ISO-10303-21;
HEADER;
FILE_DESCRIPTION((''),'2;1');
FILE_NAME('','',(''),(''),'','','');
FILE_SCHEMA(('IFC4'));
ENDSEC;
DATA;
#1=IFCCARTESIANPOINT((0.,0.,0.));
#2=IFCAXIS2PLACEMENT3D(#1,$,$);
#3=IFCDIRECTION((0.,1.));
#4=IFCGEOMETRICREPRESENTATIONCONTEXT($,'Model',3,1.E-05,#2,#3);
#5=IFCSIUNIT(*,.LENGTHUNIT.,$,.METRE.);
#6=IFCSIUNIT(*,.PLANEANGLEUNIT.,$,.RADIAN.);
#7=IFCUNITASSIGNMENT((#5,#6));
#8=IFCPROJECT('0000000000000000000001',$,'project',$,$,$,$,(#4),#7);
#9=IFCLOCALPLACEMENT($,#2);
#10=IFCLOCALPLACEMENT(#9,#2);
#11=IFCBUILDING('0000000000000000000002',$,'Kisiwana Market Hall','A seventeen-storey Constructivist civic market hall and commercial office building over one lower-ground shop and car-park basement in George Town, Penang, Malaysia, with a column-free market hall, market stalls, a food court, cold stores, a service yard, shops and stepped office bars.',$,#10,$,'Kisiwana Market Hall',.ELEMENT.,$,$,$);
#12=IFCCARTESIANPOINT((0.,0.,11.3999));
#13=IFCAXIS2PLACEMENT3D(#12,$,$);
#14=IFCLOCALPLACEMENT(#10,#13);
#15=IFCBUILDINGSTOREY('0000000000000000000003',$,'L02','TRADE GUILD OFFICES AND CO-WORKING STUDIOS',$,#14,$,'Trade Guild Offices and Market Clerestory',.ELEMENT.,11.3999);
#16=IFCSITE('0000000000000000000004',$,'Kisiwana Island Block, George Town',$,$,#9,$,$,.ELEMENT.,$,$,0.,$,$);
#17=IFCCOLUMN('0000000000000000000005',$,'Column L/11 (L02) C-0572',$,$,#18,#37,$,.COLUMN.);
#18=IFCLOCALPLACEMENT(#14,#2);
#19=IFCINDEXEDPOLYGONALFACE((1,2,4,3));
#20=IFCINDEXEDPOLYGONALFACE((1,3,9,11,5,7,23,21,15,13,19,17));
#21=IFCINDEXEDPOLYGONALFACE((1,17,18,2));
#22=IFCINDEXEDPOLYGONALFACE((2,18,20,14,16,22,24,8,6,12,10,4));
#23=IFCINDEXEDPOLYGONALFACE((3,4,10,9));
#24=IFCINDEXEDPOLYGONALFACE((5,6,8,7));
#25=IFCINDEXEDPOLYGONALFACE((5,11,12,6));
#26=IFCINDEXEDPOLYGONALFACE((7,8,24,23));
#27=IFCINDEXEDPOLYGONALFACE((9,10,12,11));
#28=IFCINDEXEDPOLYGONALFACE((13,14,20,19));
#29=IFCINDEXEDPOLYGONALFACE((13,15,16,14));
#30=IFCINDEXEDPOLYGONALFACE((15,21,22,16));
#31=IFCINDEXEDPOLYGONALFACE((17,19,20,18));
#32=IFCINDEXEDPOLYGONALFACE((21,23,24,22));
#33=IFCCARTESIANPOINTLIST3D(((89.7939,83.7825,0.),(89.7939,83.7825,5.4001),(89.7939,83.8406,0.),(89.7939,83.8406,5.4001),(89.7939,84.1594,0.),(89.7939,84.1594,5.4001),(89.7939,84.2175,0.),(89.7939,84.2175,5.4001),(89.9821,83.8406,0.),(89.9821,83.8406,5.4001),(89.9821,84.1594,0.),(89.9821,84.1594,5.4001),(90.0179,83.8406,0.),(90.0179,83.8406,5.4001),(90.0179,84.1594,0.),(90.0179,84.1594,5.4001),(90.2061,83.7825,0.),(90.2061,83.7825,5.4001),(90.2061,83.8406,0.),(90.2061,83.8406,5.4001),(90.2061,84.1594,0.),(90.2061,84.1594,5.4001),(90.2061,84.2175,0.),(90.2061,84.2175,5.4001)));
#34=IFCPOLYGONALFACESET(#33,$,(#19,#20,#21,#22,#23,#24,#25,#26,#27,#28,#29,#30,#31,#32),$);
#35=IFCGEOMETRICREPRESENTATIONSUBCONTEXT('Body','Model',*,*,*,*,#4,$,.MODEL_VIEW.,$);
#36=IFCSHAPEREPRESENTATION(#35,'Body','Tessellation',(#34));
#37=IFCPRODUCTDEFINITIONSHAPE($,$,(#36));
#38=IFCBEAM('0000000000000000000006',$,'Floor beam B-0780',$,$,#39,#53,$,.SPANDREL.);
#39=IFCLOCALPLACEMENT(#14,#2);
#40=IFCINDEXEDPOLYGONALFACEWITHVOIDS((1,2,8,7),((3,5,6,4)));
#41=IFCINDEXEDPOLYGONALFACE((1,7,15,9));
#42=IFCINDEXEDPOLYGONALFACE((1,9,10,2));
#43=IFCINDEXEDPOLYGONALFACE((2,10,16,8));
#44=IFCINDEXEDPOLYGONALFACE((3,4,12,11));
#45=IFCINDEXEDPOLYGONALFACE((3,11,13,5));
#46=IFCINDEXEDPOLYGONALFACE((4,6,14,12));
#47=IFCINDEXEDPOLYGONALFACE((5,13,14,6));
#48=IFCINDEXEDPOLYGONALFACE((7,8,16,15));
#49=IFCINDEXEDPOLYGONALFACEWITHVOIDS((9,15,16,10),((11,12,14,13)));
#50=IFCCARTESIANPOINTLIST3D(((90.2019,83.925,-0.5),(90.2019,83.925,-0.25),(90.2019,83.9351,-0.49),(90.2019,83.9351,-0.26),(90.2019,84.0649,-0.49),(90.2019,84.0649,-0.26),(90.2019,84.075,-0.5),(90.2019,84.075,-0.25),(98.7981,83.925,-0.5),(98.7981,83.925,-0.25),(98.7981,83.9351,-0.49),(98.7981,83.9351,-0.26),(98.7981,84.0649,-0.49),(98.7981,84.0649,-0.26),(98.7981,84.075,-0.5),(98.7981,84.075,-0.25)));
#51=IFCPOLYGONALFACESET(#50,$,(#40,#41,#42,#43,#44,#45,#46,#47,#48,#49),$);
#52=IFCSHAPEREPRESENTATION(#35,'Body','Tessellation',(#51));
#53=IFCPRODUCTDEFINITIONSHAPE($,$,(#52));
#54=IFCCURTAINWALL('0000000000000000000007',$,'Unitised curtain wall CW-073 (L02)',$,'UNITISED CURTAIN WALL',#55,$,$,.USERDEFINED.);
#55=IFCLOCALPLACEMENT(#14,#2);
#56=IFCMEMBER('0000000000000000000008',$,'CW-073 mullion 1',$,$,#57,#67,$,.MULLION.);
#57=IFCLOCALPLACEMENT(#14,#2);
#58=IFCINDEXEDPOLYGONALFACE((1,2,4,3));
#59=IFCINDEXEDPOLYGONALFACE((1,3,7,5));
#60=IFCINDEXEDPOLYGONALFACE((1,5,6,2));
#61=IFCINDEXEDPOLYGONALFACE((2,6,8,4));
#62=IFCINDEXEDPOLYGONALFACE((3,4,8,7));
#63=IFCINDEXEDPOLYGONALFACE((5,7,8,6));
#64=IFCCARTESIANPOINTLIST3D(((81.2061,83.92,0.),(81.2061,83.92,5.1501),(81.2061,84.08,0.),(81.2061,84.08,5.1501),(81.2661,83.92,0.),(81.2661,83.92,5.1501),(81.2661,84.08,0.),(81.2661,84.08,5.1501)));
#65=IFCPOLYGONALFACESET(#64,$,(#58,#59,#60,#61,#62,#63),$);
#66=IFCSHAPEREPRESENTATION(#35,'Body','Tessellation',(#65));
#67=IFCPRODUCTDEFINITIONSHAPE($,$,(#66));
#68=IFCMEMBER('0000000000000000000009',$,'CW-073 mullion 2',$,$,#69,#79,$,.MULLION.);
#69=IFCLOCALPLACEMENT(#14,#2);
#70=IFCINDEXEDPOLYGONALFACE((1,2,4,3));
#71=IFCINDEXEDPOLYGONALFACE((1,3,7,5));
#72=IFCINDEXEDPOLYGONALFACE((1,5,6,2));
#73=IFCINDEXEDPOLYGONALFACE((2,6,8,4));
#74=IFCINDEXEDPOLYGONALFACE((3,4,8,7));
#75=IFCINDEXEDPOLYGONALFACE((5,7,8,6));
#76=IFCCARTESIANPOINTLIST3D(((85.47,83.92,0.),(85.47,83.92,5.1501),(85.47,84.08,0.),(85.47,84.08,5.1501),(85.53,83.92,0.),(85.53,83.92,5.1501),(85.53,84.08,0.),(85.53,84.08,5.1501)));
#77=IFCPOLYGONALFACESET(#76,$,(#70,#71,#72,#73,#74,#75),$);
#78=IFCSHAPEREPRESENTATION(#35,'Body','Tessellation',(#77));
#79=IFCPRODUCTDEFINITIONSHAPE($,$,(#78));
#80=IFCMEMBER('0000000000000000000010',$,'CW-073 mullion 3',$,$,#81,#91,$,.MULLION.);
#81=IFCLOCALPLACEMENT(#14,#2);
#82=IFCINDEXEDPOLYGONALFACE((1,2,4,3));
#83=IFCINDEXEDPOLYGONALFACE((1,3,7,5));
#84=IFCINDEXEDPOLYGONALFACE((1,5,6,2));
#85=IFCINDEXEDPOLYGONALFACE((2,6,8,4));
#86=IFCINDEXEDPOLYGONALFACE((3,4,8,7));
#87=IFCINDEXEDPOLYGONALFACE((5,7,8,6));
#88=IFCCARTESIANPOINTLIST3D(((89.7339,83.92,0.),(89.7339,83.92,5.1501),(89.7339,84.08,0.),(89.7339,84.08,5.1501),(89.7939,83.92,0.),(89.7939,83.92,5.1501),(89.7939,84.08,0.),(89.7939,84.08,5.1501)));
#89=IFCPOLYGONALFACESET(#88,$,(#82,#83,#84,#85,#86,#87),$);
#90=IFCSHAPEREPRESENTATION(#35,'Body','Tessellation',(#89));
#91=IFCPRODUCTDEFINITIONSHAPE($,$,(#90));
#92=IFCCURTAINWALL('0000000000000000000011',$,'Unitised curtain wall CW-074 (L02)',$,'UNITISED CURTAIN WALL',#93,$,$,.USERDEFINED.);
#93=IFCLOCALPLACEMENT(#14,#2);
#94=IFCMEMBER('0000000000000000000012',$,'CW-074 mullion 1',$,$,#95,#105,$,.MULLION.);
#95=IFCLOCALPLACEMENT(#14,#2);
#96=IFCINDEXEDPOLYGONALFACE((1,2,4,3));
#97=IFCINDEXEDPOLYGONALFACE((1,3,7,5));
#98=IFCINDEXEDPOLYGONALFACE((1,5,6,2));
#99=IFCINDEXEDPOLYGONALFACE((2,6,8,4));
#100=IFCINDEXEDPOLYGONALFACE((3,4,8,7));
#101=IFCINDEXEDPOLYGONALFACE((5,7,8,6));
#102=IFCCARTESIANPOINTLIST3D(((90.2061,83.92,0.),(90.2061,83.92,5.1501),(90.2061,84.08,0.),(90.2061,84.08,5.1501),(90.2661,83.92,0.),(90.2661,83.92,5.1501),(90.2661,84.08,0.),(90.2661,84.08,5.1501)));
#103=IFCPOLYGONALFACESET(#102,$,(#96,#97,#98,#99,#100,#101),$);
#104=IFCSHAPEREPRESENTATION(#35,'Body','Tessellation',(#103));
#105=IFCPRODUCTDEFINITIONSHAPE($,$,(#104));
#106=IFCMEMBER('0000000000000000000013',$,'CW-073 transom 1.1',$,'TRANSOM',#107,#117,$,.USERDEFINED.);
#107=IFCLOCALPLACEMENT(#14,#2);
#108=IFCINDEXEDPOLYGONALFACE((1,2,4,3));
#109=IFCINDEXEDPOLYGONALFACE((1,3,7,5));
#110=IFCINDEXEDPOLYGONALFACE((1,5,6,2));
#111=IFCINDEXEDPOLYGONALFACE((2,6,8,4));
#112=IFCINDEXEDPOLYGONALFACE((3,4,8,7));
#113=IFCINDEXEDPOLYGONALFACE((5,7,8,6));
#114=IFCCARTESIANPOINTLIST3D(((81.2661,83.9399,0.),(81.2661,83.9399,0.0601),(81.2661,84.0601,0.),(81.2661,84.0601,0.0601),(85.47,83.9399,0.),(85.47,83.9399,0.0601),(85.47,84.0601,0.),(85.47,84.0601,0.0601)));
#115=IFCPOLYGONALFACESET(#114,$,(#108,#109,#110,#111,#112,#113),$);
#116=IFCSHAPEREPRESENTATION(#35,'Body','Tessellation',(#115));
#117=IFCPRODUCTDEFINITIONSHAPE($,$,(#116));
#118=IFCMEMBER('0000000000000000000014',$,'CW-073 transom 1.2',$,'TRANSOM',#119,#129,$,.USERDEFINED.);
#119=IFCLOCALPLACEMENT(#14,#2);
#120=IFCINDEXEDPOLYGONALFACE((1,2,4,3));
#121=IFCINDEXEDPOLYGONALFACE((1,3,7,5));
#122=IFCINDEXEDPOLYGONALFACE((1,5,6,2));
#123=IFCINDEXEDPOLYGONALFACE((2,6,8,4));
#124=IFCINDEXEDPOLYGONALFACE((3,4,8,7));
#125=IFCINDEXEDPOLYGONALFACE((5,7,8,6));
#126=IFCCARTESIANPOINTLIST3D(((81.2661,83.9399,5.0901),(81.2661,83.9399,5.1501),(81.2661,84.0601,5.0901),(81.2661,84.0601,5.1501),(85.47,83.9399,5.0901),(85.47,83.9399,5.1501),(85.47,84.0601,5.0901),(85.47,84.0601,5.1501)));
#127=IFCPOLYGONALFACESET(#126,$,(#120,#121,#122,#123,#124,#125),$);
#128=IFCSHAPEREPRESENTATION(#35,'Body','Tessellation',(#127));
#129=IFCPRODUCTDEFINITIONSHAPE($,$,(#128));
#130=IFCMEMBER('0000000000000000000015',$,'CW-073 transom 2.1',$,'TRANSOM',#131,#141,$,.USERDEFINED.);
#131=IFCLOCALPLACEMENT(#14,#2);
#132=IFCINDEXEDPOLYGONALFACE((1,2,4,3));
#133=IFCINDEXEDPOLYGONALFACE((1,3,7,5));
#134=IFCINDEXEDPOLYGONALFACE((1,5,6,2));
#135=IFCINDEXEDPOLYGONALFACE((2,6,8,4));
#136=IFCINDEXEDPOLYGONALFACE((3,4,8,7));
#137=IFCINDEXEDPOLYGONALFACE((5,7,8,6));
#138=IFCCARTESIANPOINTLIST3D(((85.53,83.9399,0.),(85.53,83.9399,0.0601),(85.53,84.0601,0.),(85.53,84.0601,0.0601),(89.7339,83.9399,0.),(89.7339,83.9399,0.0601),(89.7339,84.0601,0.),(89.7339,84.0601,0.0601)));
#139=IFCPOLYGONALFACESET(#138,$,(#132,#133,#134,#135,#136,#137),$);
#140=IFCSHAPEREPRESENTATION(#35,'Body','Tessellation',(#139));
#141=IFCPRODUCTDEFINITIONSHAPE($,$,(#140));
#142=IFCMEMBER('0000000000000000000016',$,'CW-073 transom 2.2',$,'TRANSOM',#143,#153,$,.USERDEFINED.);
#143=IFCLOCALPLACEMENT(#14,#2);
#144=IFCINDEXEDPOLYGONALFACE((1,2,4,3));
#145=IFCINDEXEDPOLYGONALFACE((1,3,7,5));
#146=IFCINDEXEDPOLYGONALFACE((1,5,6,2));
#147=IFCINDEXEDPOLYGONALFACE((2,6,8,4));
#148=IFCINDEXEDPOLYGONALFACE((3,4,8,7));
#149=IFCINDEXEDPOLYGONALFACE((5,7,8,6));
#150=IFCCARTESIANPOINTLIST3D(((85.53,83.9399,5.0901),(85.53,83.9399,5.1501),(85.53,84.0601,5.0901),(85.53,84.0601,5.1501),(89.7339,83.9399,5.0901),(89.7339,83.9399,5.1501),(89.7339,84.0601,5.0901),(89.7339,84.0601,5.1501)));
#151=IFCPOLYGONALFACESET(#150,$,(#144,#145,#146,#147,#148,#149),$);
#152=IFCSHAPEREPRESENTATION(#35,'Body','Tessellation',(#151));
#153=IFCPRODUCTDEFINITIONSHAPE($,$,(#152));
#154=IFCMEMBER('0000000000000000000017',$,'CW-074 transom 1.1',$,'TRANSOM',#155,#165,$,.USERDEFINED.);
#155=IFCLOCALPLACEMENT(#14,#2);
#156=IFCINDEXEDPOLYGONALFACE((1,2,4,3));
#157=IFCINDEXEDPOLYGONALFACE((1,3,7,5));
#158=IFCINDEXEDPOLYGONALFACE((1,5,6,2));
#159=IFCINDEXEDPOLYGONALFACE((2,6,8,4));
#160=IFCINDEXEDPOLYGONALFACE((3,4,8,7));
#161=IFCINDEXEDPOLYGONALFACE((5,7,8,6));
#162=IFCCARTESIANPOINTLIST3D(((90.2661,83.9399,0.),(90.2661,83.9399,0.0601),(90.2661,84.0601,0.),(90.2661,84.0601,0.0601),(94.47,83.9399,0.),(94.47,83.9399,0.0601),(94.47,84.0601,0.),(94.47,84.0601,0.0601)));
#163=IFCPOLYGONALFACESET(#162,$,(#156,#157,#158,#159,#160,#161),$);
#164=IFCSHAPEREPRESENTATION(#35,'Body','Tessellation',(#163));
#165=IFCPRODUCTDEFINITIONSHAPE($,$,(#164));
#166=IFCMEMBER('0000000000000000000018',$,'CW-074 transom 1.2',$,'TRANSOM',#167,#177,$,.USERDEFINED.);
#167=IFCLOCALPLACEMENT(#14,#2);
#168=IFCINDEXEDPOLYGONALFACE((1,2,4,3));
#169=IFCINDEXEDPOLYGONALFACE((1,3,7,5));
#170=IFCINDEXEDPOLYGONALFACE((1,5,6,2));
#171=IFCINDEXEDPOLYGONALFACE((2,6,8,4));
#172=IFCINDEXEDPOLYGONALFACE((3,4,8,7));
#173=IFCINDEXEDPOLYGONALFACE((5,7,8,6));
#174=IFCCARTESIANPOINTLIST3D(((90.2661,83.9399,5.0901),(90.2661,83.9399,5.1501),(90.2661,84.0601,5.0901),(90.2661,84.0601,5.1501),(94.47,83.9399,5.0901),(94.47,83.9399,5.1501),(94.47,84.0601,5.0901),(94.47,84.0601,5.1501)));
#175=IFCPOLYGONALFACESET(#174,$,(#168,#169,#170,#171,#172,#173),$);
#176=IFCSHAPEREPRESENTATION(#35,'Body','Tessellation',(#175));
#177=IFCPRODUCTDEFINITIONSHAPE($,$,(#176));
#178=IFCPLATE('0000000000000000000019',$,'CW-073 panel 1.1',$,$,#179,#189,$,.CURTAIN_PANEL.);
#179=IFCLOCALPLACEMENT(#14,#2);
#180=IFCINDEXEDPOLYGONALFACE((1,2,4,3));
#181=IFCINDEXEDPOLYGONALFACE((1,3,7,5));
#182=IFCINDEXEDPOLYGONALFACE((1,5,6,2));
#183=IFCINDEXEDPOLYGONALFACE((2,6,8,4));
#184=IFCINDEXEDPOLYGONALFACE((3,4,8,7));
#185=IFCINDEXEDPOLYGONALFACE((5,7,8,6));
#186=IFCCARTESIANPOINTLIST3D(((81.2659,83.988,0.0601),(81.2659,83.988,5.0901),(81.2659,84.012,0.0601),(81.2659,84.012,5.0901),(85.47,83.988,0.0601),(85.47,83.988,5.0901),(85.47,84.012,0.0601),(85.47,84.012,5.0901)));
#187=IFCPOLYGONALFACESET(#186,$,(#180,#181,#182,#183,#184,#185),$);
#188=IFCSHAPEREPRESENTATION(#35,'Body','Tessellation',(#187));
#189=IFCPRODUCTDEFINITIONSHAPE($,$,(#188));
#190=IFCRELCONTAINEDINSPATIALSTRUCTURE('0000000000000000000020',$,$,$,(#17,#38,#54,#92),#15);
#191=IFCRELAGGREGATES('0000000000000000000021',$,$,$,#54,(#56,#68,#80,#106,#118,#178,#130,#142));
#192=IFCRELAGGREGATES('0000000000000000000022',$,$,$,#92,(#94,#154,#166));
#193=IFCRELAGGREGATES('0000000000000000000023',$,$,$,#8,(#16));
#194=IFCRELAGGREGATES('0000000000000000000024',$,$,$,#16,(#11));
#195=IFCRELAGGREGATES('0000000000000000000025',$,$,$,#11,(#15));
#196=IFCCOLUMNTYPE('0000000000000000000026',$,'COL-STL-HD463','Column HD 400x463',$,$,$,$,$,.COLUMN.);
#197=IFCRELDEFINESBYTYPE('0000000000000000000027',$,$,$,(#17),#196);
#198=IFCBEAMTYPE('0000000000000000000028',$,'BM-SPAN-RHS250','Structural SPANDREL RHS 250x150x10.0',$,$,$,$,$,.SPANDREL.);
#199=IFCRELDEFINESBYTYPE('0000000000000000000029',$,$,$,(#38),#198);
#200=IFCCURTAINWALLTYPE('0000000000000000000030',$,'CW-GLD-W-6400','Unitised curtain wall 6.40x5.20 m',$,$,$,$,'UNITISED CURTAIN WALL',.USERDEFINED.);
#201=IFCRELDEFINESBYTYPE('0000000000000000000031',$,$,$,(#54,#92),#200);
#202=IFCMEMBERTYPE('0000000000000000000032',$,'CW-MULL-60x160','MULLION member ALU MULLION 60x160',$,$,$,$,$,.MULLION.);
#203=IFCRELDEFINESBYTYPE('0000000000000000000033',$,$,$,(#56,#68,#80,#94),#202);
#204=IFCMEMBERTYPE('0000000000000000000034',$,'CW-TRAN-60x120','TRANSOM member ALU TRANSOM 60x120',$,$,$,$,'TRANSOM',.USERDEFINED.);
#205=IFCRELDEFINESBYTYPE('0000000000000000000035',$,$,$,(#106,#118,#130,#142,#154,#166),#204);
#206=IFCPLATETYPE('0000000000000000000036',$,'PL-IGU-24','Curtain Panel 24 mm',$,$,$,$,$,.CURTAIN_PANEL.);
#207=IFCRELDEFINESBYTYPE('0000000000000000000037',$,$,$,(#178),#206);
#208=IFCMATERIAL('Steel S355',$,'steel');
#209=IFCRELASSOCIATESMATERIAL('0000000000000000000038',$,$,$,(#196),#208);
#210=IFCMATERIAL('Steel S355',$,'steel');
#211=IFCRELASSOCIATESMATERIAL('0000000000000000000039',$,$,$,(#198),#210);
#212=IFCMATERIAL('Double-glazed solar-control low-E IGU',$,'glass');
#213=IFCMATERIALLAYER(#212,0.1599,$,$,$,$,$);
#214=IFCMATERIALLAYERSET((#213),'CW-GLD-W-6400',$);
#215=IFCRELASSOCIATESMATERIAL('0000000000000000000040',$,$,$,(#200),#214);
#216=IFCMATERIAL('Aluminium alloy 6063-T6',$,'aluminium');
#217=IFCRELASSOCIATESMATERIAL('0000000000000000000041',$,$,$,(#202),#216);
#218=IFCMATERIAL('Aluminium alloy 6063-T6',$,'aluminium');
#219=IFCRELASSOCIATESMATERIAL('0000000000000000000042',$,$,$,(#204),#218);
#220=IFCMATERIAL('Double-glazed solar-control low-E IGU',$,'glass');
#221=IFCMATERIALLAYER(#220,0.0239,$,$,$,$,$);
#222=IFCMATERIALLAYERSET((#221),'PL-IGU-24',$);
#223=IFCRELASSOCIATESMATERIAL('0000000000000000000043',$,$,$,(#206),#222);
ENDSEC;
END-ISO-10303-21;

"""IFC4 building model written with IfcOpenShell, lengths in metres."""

from ifc_helpers import new_model, si_unit, direction, frame, origin, origin_2d, place, context, subcontext, project, spatial, rectangle, hollow_rectangle, i_section, extrude, material, layer, layer_set, material_profile, profile_set, type_object, element, aggregate, save


model = new_model("IFC4")

# Units and contexts
model_context = context("Model", 3, precision=1e-05, world=origin(), true_north=direction((0.0, 1.0)))
body_context = subcontext(model_context, "Body", "Model", "MODEL_VIEW")
ifc_project = project(units=[si_unit("LENGTHUNIT", "METRE"), si_unit("PLANEANGLEUNIT", "RADIAN")], contexts=[model_context])

# Site, building, storey
site_placement = place(None, origin())
site = spatial("IfcSite", under=ifc_project, at=site_placement, Name="Kisiwana Island Block, George Town", CompositionType="ELEMENT", RefElevation=0.0)
building_placement = place(site_placement, origin())
building = spatial("IfcBuilding", under=site, at=building_placement, Name="Kisiwana Market Hall", Description="A seventeen-storey Constructivist civic market hall and commercial office building over one lower-ground shop and car-park basement in George Town, Penang, Malaysia, with a column-free market hall, market stalls, a food court, cold stores, a service yard, shops and stepped office bars.", LongName="Kisiwana Market Hall", CompositionType="ELEMENT")
storey_placement = place(building_placement, frame((0.0, 0.0, 11.3999)))
storey = spatial("IfcBuildingStorey", under=building, at=storey_placement, Name="L02", Description="TRADE GUILD OFFICES AND CO-WORKING STUDIOS", LongName="Trade Guild Offices and Market Clerestory", CompositionType="ELEMENT", Elevation=11.3999)

# Column
ifc_material_1 = material(Name="Steel S355", Category="steel")
ifc_material_profile_1 = material_profile(ifc_material_1, i_section(OverallWidth=0.4121, OverallDepth=0.4351, WebThickness=0.0359, FlangeThickness=0.0581, at=origin_2d()), Name="HD 400x463")
ifc_profile_set_1 = profile_set([ifc_material_profile_1], Name="Steel S355")
column_type = type_object("IfcColumnType", Name="COL-STL-HD463", Description="Column HD 400x463", PredefinedType="COLUMN", material=ifc_profile_set_1)
column_placement = place(storey_placement, frame((90.0, 84.0, 0.0), z_axis=(0.0, 0.0, 1.0), x_axis=(1.0, 0.0, 0.0)))
element("IfcColumn", 1, at=column_placement, inside=storey, type_object=column_type, Name="Column L/11 (L02) C-0572", PredefinedType="COLUMN", context=body_context, shape_type="SweptSolid", body=[
    extrude(i_section(OverallWidth=0.4121, OverallDepth=0.4351, WebThickness=0.0359, FlangeThickness=0.0581, at=origin_2d()), origin(), (0.0, 0.0, 1.0), 5.4001),
])

# Beam
ifc_material_2 = material(Name="Steel S355", Category="steel")
ifc_material_profile_2 = material_profile(ifc_material_2, hollow_rectangle(XDim=0.1499, YDim=0.25, WallThickness=0.01, at=origin_2d()), Name="RHS 250x150x10.0")
ifc_profile_set_2 = profile_set([ifc_material_profile_2], Name="Steel S355")
beam_type = type_object("IfcBeamType", Name="BM-SPAN-RHS250", Description="Structural SPANDREL RHS 250x150x10.0", PredefinedType="SPANDREL", material=ifc_profile_set_2)
beam_placement = place(storey_placement, frame((90.2019, 84.0, -0.375), z_axis=(1.0, 0.0, 0.0), x_axis=(0.0, 1.0, 0.0)))
element("IfcBeam", 2, at=beam_placement, inside=storey, type_object=beam_type, Name="Floor beam B-0780", PredefinedType="SPANDREL", context=body_context, shape_type="SweptSolid", body=[
    extrude(hollow_rectangle(XDim=0.1499, YDim=0.25, WallThickness=0.01, at=origin_2d()), origin(), (0.0, 0.0, 1.0), 8.5962),
])

# Curtain wall, members
ifc_material_3 = material(Name="Double-glazed solar-control low-E IGU", Category="glass")
ifc_layer_1 = layer(ifc_material_3, 0.1599)
ifc_layer_set_1 = layer_set([ifc_layer_1], Name="CW-GLD-W-6400")
curtain_wall_type = type_object("IfcCurtainWallType", Name="CW-GLD-W-6400", Description="Unitised curtain wall 6.40x5.20 m", ElementType="UNITISED CURTAIN WALL", PredefinedType="USERDEFINED", material=ifc_layer_set_1)
curtain_wall_1_placement = place(storey_placement, origin())
curtain_wall_1 = element("IfcCurtainWall", 3, at=curtain_wall_1_placement, inside=storey, type_object=curtain_wall_type, Name="Unitised curtain wall CW-073 (L02)", ObjectType="UNITISED CURTAIN WALL", PredefinedType="USERDEFINED")
ifc_material_4 = material(Name="Aluminium alloy 6063-T6", Category="aluminium")
ifc_material_profile_3 = material_profile(ifc_material_4, rectangle(XDim=0.0601, YDim=0.1599, at=origin_2d()), Name="ALU MULLION 60x160")
ifc_profile_set_3 = profile_set([ifc_material_profile_3], Name="Aluminium alloy 6063-T6")
member_type_1 = type_object("IfcMemberType", Name="CW-MULL-60x160", Description="MULLION member ALU MULLION 60x160", PredefinedType="MULLION", material=ifc_profile_set_3)
member_1_placement = place(storey_placement, frame((81.2361, 84.0, 0.0), z_axis=(0.0, 0.0, 1.0), x_axis=(1.0, 0.0, 0.0)))
member_1 = element("IfcMember", 4, at=member_1_placement, type_object=member_type_1, Name="CW-073 mullion 1", PredefinedType="MULLION", context=body_context, shape_type="SweptSolid", body=[
    extrude(rectangle(XDim=0.0601, YDim=0.1599, at=origin_2d()), origin(), (0.0, 0.0, 1.0), 5.1501),
])
member_2_placement = place(storey_placement, frame((85.5, 84.0, 0.0), z_axis=(0.0, 0.0, 1.0), x_axis=(1.0, 0.0, 0.0)))
member_2 = element("IfcMember", 5, at=member_2_placement, type_object=member_type_1, Name="CW-073 mullion 2", PredefinedType="MULLION", context=body_context, shape_type="SweptSolid", body=[
    extrude(rectangle(XDim=0.0601, YDim=0.1599, at=origin_2d()), origin(), (0.0, 0.0, 1.0), 5.1501),
])
member_3_placement = place(storey_placement, frame((89.7639, 84.0, 0.0), z_axis=(0.0, 0.0, 1.0), x_axis=(1.0, 0.0, 0.0)))
member_3 = element("IfcMember", 6, at=member_3_placement, type_object=member_type_1, Name="CW-073 mullion 3", PredefinedType="MULLION", context=body_context, shape_type="SweptSolid", body=[
    extrude(rectangle(XDim=0.0601, YDim=0.1599, at=origin_2d()), origin(), (0.0, 0.0, 1.0), 5.1501),
])

# Curtain wall, member
curtain_wall_2_placement = place(storey_placement, origin())
curtain_wall_2 = element("IfcCurtainWall", 7, at=curtain_wall_2_placement, inside=storey, type_object=curtain_wall_type, Name="Unitised curtain wall CW-074 (L02)", ObjectType="UNITISED CURTAIN WALL", PredefinedType="USERDEFINED")
member_4_placement = place(storey_placement, frame((90.2361, 84.0, 0.0), z_axis=(0.0, 0.0, 1.0), x_axis=(1.0, 0.0, 0.0)))
member_4 = element("IfcMember", 8, at=member_4_placement, type_object=member_type_1, Name="CW-074 mullion 1", PredefinedType="MULLION", context=body_context, shape_type="SweptSolid", body=[
    extrude(rectangle(XDim=0.0601, YDim=0.1599, at=origin_2d()), origin(), (0.0, 0.0, 1.0), 5.1501),
])

# Members
ifc_material_5 = material(Name="Aluminium alloy 6063-T6", Category="aluminium")
ifc_material_profile_4 = material_profile(ifc_material_5, rectangle(XDim=0.1201, YDim=0.0601, at=origin_2d()), Name="ALU TRANSOM 60x120")
ifc_profile_set_4 = profile_set([ifc_material_profile_4], Name="Aluminium alloy 6063-T6")
member_type_2 = type_object("IfcMemberType", Name="CW-TRAN-60x120", Description="TRANSOM member ALU TRANSOM 60x120", ElementType="TRANSOM", PredefinedType="USERDEFINED", material=ifc_profile_set_4)
member_5_placement = place(storey_placement, frame((81.2661, 84.0, 0.03), z_axis=(1.0, 0.0, 0.0), x_axis=(0.0, 1.0, 0.0)))
member_5 = element("IfcMember", 9, at=member_5_placement, type_object=member_type_2, Name="CW-073 transom 1.1", ObjectType="TRANSOM", PredefinedType="USERDEFINED", context=body_context, shape_type="SweptSolid", body=[
    extrude(rectangle(XDim=0.1201, YDim=0.0601, at=origin_2d()), origin(), (0.0, 0.0, 1.0), 4.2039),
])
member_6_placement = place(storey_placement, frame((81.2661, 84.0, 5.1201), z_axis=(1.0, 0.0, 0.0), x_axis=(0.0, 1.0, 0.0)))
member_6 = element("IfcMember", 10, at=member_6_placement, type_object=member_type_2, Name="CW-073 transom 1.2", ObjectType="TRANSOM", PredefinedType="USERDEFINED", context=body_context, shape_type="SweptSolid", body=[
    extrude(rectangle(XDim=0.1201, YDim=0.0601, at=origin_2d()), origin(), (0.0, 0.0, 1.0), 4.2039),
])
member_7_placement = place(storey_placement, frame((85.53, 84.0, 0.03), z_axis=(1.0, 0.0, 0.0), x_axis=(0.0, 1.0, 0.0)))
member_7 = element("IfcMember", 11, at=member_7_placement, type_object=member_type_2, Name="CW-073 transom 2.1", ObjectType="TRANSOM", PredefinedType="USERDEFINED", context=body_context, shape_type="SweptSolid", body=[
    extrude(rectangle(XDim=0.1201, YDim=0.0601, at=origin_2d()), origin(), (0.0, 0.0, 1.0), 4.2039),
])
member_8_placement = place(storey_placement, frame((85.53, 84.0, 5.1201), z_axis=(1.0, 0.0, 0.0), x_axis=(0.0, 1.0, 0.0)))
member_8 = element("IfcMember", 12, at=member_8_placement, type_object=member_type_2, Name="CW-073 transom 2.2", ObjectType="TRANSOM", PredefinedType="USERDEFINED", context=body_context, shape_type="SweptSolid", body=[
    extrude(rectangle(XDim=0.1201, YDim=0.0601, at=origin_2d()), origin(), (0.0, 0.0, 1.0), 4.2039),
])
member_9_placement = place(storey_placement, frame((90.2661, 84.0, 0.03), z_axis=(1.0, 0.0, 0.0), x_axis=(0.0, 1.0, 0.0)))
member_9 = element("IfcMember", 13, at=member_9_placement, type_object=member_type_2, Name="CW-074 transom 1.1", ObjectType="TRANSOM", PredefinedType="USERDEFINED", context=body_context, shape_type="SweptSolid", body=[
    extrude(rectangle(XDim=0.1201, YDim=0.0601, at=origin_2d()), origin(), (0.0, 0.0, 1.0), 4.2039),
])
member_10_placement = place(storey_placement, frame((90.2661, 84.0, 5.1201), z_axis=(1.0, 0.0, 0.0), x_axis=(0.0, 1.0, 0.0)))
member_10 = element("IfcMember", 14, at=member_10_placement, type_object=member_type_2, Name="CW-074 transom 1.2", ObjectType="TRANSOM", PredefinedType="USERDEFINED", context=body_context, shape_type="SweptSolid", body=[
    extrude(rectangle(XDim=0.1201, YDim=0.0601, at=origin_2d()), origin(), (0.0, 0.0, 1.0), 4.2039),
])

# Plate
ifc_material_6 = material(Name="Double-glazed solar-control low-E IGU", Category="glass")
ifc_layer_2 = layer(ifc_material_6, 0.0239)
ifc_layer_set_2 = layer_set([ifc_layer_2], Name="PL-IGU-24")
plate_type_1 = type_object("IfcPlateType", Name="PL-IGU-24", Description="Curtain Panel 24 mm", PredefinedType="CURTAIN_PANEL", material=ifc_layer_set_2)
plate_1_placement = place(storey_placement, frame((83.3679, 84.0, 0.0601), z_axis=(0.0, 0.0, 1.0), x_axis=(1.0, 0.0, 0.0)))
plate_1 = element("IfcPlate", 15, at=plate_1_placement, type_object=plate_type_1, Name="CW-073 panel 1.1", PredefinedType="CURTAIN_PANEL", context=body_context, shape_type="SweptSolid", body=[
    extrude(rectangle(XDim=4.2041, YDim=0.0239, at=origin_2d()), origin(), (0.0, 0.0, 1.0), 5.03),
])
aggregate(curtain_wall_1, [member_1, member_2, member_3, member_5, member_6, plate_1, member_7, member_8])
aggregate(curtain_wall_2, [member_4, member_9, member_10])

save(model, "model.ifc")
